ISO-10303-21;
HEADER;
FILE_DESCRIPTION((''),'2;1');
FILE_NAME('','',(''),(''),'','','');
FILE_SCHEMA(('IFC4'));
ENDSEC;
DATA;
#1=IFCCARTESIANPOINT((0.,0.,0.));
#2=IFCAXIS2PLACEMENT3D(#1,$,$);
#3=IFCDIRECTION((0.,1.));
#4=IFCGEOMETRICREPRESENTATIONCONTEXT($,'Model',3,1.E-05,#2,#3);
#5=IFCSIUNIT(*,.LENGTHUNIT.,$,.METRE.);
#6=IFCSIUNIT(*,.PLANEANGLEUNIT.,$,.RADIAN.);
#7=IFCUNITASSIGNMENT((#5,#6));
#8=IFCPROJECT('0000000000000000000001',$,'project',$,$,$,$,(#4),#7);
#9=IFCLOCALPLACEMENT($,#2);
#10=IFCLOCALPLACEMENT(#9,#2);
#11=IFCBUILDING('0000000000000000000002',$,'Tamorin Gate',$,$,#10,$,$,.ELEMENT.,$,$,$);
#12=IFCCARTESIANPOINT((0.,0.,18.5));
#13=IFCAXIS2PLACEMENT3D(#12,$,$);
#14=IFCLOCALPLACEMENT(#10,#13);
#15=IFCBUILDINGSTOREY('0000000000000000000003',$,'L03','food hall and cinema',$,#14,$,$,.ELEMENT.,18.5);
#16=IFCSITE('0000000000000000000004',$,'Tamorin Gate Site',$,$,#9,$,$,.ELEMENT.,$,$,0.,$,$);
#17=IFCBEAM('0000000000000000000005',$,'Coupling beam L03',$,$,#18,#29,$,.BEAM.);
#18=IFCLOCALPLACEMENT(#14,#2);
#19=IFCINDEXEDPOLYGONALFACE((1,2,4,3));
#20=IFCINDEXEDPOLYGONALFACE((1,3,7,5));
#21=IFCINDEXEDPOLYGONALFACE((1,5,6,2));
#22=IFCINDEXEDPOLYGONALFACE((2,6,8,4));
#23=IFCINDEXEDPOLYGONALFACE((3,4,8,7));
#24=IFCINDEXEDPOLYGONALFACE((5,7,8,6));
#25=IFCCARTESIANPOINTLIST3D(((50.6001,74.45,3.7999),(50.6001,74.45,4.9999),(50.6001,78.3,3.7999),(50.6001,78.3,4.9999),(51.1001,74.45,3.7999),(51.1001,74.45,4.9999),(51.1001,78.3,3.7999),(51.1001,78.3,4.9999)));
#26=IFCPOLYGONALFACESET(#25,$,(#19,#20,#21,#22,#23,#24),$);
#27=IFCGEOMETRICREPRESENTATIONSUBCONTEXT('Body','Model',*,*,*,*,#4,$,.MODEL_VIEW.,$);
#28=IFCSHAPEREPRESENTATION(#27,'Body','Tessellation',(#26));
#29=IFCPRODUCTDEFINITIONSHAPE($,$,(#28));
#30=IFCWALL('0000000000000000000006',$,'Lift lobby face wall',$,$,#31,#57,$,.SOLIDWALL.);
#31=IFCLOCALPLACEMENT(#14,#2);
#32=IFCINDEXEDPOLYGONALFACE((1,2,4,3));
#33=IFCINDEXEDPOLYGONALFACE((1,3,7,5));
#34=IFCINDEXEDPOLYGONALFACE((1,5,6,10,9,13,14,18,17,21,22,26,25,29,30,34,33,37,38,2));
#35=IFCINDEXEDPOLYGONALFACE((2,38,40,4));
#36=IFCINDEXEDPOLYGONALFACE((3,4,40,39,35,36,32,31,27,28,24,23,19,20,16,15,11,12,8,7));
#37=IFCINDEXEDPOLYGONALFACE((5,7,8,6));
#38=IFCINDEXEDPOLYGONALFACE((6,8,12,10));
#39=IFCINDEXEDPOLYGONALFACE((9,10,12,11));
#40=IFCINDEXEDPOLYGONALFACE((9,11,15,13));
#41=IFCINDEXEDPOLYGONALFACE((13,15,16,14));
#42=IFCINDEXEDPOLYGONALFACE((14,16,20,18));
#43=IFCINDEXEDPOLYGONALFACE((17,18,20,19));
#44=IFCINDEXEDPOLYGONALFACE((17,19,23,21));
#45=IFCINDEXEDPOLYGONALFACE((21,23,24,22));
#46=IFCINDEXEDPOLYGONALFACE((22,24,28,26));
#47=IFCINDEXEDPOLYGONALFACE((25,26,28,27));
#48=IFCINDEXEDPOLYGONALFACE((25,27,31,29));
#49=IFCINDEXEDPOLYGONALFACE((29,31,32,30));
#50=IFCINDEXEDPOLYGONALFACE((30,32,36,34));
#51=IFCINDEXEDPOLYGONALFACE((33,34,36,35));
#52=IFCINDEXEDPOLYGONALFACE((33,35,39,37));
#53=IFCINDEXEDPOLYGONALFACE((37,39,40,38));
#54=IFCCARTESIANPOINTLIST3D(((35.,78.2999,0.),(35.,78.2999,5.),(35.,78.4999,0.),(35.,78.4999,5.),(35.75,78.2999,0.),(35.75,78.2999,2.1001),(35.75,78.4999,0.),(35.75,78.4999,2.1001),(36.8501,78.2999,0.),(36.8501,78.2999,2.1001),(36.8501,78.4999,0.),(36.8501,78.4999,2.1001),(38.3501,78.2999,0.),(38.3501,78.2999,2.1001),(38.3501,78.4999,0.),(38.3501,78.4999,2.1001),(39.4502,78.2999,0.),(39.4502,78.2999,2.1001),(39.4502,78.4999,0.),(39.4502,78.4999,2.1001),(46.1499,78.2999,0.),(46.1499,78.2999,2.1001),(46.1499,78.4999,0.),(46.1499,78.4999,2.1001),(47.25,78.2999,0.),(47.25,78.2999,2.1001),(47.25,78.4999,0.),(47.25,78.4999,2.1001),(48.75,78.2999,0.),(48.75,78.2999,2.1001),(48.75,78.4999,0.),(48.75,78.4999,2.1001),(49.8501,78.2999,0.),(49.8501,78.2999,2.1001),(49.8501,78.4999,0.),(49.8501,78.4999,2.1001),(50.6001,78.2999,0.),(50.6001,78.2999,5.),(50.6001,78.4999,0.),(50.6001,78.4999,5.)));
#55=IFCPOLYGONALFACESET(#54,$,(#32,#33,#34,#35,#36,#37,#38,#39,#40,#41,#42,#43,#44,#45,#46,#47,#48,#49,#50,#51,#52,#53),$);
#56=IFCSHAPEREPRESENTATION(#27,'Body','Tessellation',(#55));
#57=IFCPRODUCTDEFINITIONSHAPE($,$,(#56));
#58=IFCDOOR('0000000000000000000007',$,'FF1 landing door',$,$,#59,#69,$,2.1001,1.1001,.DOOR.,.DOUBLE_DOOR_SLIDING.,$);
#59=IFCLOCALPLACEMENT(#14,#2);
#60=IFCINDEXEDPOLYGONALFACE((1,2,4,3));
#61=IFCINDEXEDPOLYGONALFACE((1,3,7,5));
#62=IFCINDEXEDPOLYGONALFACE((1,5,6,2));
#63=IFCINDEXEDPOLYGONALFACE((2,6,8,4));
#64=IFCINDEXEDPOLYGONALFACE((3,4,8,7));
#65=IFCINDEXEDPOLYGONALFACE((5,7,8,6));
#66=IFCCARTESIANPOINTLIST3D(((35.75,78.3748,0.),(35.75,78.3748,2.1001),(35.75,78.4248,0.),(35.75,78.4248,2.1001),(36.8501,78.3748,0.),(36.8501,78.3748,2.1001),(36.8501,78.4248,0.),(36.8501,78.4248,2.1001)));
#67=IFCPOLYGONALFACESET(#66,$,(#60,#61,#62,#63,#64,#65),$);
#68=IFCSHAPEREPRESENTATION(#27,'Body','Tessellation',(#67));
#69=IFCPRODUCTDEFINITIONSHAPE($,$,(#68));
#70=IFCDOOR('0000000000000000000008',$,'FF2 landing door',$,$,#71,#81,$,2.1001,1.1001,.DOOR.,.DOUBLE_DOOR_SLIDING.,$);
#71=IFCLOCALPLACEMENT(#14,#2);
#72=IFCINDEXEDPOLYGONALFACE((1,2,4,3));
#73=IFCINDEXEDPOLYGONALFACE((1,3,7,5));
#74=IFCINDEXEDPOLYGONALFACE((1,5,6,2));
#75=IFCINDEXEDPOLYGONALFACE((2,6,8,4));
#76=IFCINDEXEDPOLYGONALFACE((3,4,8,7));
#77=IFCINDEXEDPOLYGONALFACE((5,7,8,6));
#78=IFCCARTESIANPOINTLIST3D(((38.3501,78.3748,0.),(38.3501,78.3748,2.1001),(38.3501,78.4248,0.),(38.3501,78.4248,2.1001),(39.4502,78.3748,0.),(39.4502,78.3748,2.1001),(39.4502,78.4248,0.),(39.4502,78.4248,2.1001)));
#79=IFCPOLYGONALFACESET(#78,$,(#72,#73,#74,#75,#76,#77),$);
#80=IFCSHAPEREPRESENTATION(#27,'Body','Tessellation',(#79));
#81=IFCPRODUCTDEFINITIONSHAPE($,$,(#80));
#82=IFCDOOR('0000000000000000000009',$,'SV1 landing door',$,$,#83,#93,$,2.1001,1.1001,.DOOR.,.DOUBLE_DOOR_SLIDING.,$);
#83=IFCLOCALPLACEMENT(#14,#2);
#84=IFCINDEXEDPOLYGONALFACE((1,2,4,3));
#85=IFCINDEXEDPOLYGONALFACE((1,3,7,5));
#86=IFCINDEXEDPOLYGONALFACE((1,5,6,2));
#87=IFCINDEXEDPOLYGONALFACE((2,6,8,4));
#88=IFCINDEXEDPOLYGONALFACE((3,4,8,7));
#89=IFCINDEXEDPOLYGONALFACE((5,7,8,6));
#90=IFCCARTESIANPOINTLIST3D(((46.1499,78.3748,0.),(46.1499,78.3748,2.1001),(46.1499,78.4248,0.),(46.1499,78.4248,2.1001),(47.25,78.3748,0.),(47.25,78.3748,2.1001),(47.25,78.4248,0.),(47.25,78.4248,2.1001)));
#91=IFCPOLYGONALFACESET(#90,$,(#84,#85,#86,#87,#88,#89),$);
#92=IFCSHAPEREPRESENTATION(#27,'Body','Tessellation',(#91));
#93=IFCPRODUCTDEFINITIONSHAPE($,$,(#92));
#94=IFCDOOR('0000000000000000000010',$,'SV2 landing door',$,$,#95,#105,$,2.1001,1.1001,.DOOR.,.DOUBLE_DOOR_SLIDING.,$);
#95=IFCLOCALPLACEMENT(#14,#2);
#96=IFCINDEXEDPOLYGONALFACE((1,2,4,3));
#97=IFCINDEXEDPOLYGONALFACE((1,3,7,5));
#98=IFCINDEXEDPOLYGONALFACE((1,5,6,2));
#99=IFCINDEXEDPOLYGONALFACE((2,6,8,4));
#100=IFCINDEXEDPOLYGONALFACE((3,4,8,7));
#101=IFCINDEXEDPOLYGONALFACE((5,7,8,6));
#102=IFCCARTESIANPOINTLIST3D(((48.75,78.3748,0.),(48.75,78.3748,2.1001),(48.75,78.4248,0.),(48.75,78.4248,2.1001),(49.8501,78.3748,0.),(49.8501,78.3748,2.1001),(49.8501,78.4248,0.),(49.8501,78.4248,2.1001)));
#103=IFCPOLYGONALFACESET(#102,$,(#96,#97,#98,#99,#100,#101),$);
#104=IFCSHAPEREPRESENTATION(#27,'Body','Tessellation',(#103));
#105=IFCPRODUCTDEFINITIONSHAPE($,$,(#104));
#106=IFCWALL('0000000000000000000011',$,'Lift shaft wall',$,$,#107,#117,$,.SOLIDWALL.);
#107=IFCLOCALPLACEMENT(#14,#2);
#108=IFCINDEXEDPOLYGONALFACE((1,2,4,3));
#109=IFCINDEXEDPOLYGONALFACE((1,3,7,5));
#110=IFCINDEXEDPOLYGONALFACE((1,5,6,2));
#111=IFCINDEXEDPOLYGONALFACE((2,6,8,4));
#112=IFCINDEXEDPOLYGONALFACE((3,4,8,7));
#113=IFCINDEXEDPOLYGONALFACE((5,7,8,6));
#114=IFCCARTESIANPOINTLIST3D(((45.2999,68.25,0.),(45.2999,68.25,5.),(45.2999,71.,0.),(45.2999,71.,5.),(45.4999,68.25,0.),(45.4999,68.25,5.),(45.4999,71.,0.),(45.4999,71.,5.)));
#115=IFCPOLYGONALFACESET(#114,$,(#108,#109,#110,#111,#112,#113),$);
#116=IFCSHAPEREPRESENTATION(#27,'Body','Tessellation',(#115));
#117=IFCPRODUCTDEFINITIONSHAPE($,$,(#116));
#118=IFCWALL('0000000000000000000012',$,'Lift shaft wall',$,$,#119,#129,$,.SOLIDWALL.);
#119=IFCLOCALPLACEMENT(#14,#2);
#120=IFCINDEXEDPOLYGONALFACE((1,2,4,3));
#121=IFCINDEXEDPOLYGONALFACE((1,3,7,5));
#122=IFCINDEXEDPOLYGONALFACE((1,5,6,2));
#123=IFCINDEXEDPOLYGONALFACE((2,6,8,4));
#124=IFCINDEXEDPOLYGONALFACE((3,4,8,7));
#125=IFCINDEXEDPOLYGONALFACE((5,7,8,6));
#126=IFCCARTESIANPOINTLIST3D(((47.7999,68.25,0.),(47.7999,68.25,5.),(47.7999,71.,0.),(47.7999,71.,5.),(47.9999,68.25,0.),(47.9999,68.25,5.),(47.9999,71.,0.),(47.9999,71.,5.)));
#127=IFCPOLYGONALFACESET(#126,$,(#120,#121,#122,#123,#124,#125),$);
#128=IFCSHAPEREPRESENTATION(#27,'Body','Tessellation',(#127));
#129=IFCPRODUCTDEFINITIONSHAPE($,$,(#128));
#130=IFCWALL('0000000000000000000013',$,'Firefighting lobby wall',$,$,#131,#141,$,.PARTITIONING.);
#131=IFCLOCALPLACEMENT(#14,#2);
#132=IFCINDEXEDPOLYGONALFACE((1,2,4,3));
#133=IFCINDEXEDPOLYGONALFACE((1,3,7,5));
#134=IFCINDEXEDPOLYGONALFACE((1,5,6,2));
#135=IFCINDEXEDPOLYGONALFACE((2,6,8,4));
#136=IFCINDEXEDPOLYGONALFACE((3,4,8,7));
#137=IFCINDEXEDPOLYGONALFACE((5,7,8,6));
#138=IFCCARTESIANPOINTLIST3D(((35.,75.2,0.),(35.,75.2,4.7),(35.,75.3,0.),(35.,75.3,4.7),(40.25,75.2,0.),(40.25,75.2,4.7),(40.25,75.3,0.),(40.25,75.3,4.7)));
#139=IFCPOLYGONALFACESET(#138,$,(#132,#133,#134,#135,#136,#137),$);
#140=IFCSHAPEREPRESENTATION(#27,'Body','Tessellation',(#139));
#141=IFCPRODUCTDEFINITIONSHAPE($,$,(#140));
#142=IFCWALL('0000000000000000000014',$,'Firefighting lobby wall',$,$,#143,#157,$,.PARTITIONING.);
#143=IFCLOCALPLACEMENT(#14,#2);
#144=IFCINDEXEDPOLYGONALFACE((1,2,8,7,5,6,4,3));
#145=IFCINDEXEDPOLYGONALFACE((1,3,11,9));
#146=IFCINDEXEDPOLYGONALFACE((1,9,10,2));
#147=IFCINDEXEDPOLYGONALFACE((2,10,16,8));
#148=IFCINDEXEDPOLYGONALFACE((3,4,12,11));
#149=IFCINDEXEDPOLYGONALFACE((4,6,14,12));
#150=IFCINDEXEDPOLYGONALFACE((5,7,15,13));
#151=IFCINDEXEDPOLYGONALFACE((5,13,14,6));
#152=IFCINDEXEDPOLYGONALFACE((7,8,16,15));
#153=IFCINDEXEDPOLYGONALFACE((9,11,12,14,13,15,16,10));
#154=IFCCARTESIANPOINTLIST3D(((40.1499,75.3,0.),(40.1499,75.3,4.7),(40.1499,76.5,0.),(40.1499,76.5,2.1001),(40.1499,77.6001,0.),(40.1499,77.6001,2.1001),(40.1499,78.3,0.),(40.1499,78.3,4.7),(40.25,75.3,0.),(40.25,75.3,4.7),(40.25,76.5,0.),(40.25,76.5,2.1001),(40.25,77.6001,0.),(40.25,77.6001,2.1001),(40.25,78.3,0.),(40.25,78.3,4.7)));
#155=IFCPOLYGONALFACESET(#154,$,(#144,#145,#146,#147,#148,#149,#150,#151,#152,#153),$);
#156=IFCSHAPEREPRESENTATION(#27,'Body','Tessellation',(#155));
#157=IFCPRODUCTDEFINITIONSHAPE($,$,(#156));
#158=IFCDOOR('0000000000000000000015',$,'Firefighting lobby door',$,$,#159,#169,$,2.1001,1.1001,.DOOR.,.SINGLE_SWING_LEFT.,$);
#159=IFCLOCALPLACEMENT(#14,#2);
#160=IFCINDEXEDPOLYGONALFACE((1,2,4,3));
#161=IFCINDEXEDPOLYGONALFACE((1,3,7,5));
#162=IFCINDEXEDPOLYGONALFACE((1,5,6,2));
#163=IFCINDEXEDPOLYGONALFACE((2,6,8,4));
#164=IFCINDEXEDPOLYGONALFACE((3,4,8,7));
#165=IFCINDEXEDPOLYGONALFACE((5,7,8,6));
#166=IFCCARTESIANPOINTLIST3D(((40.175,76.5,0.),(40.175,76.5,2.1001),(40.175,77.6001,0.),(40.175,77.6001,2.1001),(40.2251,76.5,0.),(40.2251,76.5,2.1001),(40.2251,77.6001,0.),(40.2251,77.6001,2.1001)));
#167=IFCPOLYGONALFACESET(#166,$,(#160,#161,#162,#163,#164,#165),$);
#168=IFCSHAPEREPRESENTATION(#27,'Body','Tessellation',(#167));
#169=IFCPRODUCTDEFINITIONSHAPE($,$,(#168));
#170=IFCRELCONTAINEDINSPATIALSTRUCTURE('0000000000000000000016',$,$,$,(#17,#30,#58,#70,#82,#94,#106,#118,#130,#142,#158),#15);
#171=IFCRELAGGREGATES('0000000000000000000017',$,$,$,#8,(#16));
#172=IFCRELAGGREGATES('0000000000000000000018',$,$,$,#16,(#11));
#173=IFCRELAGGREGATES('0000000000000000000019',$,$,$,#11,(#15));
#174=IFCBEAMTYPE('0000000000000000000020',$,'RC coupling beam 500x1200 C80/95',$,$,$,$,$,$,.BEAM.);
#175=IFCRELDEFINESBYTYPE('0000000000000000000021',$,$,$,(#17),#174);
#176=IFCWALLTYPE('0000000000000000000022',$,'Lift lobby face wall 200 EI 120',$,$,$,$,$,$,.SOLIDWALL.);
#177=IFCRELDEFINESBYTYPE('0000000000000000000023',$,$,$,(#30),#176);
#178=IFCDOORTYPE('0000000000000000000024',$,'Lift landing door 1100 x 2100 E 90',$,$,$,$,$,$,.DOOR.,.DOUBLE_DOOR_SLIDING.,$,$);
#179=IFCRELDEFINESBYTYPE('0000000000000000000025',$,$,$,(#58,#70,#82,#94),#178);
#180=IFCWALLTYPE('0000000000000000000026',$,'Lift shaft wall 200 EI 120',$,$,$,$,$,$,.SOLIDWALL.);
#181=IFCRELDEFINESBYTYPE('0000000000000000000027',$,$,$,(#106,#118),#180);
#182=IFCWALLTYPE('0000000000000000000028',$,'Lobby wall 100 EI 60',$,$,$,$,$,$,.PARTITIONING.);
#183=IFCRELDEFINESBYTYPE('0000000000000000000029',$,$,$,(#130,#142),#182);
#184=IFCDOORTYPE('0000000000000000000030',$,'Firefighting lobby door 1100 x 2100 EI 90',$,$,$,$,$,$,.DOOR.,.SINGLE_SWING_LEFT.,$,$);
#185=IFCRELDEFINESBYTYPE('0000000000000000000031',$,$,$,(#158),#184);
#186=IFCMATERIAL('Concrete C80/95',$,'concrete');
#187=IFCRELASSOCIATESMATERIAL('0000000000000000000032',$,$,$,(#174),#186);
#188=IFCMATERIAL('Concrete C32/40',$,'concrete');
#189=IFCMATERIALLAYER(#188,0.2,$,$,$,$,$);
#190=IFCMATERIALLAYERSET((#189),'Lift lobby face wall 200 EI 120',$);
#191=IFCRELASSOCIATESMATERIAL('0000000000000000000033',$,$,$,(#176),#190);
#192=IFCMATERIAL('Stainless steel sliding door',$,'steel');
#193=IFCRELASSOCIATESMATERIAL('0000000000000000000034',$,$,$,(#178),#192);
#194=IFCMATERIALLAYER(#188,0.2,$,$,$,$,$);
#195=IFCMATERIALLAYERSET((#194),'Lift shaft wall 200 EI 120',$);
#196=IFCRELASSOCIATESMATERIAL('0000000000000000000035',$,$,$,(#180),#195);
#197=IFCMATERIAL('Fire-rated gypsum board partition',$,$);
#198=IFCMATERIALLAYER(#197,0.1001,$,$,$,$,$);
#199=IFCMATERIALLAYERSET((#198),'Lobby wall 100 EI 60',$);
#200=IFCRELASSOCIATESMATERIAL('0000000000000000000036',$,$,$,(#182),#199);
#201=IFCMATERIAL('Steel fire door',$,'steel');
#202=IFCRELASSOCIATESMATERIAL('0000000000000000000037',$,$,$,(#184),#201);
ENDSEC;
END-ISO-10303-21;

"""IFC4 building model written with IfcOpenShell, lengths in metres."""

from ifc_helpers import new_model, si_unit, direction, frame, frame_2d, origin, origin_2d, place, context, subcontext, project, spatial, rectangle, extrude, material, layer, layer_set, material_profile, profile_set, type_object, element, fill, save


model = new_model("IFC4")

# Units and contexts
model_context = context("Model", 3, precision=1e-05, world=origin(), true_north=direction((0.0, 1.0)))
body_context = subcontext(model_context, "Body", "Model", "MODEL_VIEW")
ifc_project = project(units=[si_unit("LENGTHUNIT", "METRE"), si_unit("PLANEANGLEUNIT", "RADIAN")], contexts=[model_context])

# Site, building, storey
site_placement = place(None, origin())
site = spatial("IfcSite", under=ifc_project, at=site_placement, Name="Tamorin Gate Site", CompositionType="ELEMENT", RefElevation=0.0)
building_placement = place(site_placement, origin())
building = spatial("IfcBuilding", under=site, at=building_placement, Name="Tamorin Gate", CompositionType="ELEMENT")
storey_placement = place(building_placement, frame((0.0, 0.0, 18.5)))
storey = spatial("IfcBuildingStorey", under=building, at=storey_placement, Name="L03", Description="food hall and cinema", CompositionType="ELEMENT", Elevation=18.5)

# Beam
ifc_material_1 = material(Name="Concrete C80/95", Category="concrete")
ifc_material_profile = material_profile(ifc_material_1, rectangle(XDim=0.5, YDim=1.2, at=origin_2d()), Name="RC 500x1200")
ifc_profile_set = profile_set([ifc_material_profile], Name="Concrete C80/95")
beam_type = type_object("IfcBeamType", Name="RC coupling beam 500x1200 C80/95", PredefinedType="BEAM", material=ifc_profile_set)
beam_placement = place(storey_placement, frame((50.8501, 74.45, 4.3999), z_axis=(0.0, 1.0, 0.0), x_axis=(-1.0, 0.0, 0.0)))
element("IfcBeam", 1, at=beam_placement, inside=storey, type_object=beam_type, Name="Coupling beam L03", PredefinedType="BEAM", context=body_context, shape_type="SweptSolid", body=[
    extrude(rectangle(XDim=0.5, YDim=1.2, at=origin_2d()), origin(), (0.0, 0.0, 1.0), 3.8501),
])

# Wall, openings, doors
ifc_material_2 = material(Name="Concrete C32/40", Category="concrete")
ifc_layer_1 = layer(ifc_material_2, 0.2)
ifc_layer_set_1 = layer_set([ifc_layer_1], Name="Lift lobby face wall 200 EI 120")
wall_type_1 = type_object("IfcWallType", Name="Lift lobby face wall 200 EI 120", PredefinedType="SOLIDWALL", material=ifc_layer_set_1)
wall_1_placement = place(storey_placement, frame((35.0, 78.3999, 0.0), z_axis=(0.0, 0.0, 1.0), x_axis=(1.0, 0.0, 0.0)))
wall_1 = element("IfcWall", 2, at=wall_1_placement, inside=storey, type_object=wall_type_1, Name="Lift lobby face wall", PredefinedType="SOLIDWALL", context=body_context, shape_type="SweptSolid", body=[
    extrude(rectangle(XDim=15.6001, YDim=0.2, at=frame_2d((7.8, 0.0))), origin(), (0.0, 0.0, 1.0), 5.0),
])
opening_1_placement = place(wall_1_placement, frame((0.75, 0.0, 0.0)))
opening_1 = element("IfcOpeningElement", 3, at=opening_1_placement, cuts=wall_1, PredefinedType="OPENING", context=body_context, shape_type="SweptSolid", body=[
    extrude(rectangle(XDim=1.1001, YDim=2.1001, at=frame_2d((0.55, 1.05))), frame((0.0, 0.1099, 0.0), z_axis=(0.0, -1.0, 0.0), x_axis=(1.0, 0.0, 0.0)), (0.0, 0.0, 1.0), 0.22),
])
opening_2_placement = place(wall_1_placement, frame((3.3501, 0.0, 0.0)))
opening_2 = element("IfcOpeningElement", 4, at=opening_2_placement, cuts=wall_1, PredefinedType="OPENING", context=body_context, shape_type="SweptSolid", body=[
    extrude(rectangle(XDim=1.1001, YDim=2.1001, at=frame_2d((0.55, 1.05))), frame((0.0, 0.1099, 0.0), z_axis=(0.0, -1.0, 0.0), x_axis=(1.0, 0.0, 0.0)), (0.0, 0.0, 1.0), 0.22),
])
opening_3_placement = place(wall_1_placement, frame((11.1499, 0.0, 0.0)))
opening_3 = element("IfcOpeningElement", 5, at=opening_3_placement, cuts=wall_1, PredefinedType="OPENING", context=body_context, shape_type="SweptSolid", body=[
    extrude(rectangle(XDim=1.1001, YDim=2.1001, at=frame_2d((0.55, 1.05))), frame((0.0, 0.1099, 0.0), z_axis=(0.0, -1.0, 0.0), x_axis=(1.0, 0.0, 0.0)), (0.0, 0.0, 1.0), 0.22),
])
opening_4_placement = place(wall_1_placement, frame((13.75, 0.0, 0.0)))
opening_4 = element("IfcOpeningElement", 6, at=opening_4_placement, cuts=wall_1, PredefinedType="OPENING", context=body_context, shape_type="SweptSolid", body=[
    extrude(rectangle(XDim=1.1001, YDim=2.1001, at=frame_2d((0.55, 1.05))), frame((0.0, 0.1099, 0.0), z_axis=(0.0, -1.0, 0.0), x_axis=(1.0, 0.0, 0.0)), (0.0, 0.0, 1.0), 0.22),
])
ifc_material_3 = material(Name="Stainless steel sliding door", Category="steel")
door_type_1 = type_object("IfcDoorType", Name="Lift landing door 1100 x 2100 E 90", OperationType="DOUBLE_DOOR_SLIDING", PredefinedType="DOOR", material=ifc_material_3)
door_1_placement = place(opening_1_placement, origin())
door_1 = element("IfcDoor", 7, at=door_1_placement, inside=storey, type_object=door_type_1, Name="FF1 landing door", OperationType="DOUBLE_DOOR_SLIDING", OverallHeight=2.1001, OverallWidth=1.1001, PredefinedType="DOOR", context=body_context, shape_type="SweptSolid", body=[
    extrude(rectangle(XDim=1.1001, YDim=2.1001, at=frame_2d((0.55, 1.05))), frame((0.0, 0.0249, 0.0), z_axis=(0.0, -1.0, 0.0), x_axis=(1.0, 0.0, 0.0)), (0.0, 0.0, 1.0), 0.05),
])
fill(opening_1, door_1)
door_2_placement = place(opening_2_placement, origin())
door_2 = element("IfcDoor", 8, at=door_2_placement, inside=storey, type_object=door_type_1, Name="FF2 landing door", OperationType="DOUBLE_DOOR_SLIDING", OverallHeight=2.1001, OverallWidth=1.1001, PredefinedType="DOOR", context=body_context, shape_type="SweptSolid", body=[
    extrude(rectangle(XDim=1.1001, YDim=2.1001, at=frame_2d((0.55, 1.05))), frame((0.0, 0.0249, 0.0), z_axis=(0.0, -1.0, 0.0), x_axis=(1.0, 0.0, 0.0)), (0.0, 0.0, 1.0), 0.05),
])
fill(opening_2, door_2)
door_3_placement = place(opening_3_placement, origin())
door_3 = element("IfcDoor", 9, at=door_3_placement, inside=storey, type_object=door_type_1, Name="SV1 landing door", OperationType="DOUBLE_DOOR_SLIDING", OverallHeight=2.1001, OverallWidth=1.1001, PredefinedType="DOOR", context=body_context, shape_type="SweptSolid", body=[
    extrude(rectangle(XDim=1.1001, YDim=2.1001, at=frame_2d((0.55, 1.05))), frame((0.0, 0.0249, 0.0), z_axis=(0.0, -1.0, 0.0), x_axis=(1.0, 0.0, 0.0)), (0.0, 0.0, 1.0), 0.05),
])
fill(opening_3, door_3)
door_4_placement = place(opening_4_placement, origin())
door_4 = element("IfcDoor", 10, at=door_4_placement, inside=storey, type_object=door_type_1, Name="SV2 landing door", OperationType="DOUBLE_DOOR_SLIDING", OverallHeight=2.1001, OverallWidth=1.1001, PredefinedType="DOOR", context=body_context, shape_type="SweptSolid", body=[
    extrude(rectangle(XDim=1.1001, YDim=2.1001, at=frame_2d((0.55, 1.05))), frame((0.0, 0.0249, 0.0), z_axis=(0.0, -1.0, 0.0), x_axis=(1.0, 0.0, 0.0)), (0.0, 0.0, 1.0), 0.05),
])
fill(opening_4, door_4)

# Walls
ifc_layer_2 = layer(ifc_material_2, 0.2)
ifc_layer_set_2 = layer_set([ifc_layer_2], Name="Lift shaft wall 200 EI 120")
wall_type_2 = type_object("IfcWallType", Name="Lift shaft wall 200 EI 120", PredefinedType="SOLIDWALL", material=ifc_layer_set_2)
for number, where, z_axis, x_axis, name in (
    (11, (45.3999, 68.25, 0.0), (0.0, 0.0, 1.0), (0.0, 1.0, 0.0), "Lift shaft wall"),
    (12, (47.8999, 68.25, 0.0), (0.0, 0.0, 1.0), (0.0, 1.0, 0.0), "Lift shaft wall"),
):
    element("IfcWall", number, at=place(storey_placement, frame(where, z_axis=z_axis, x_axis=x_axis)), inside=storey, type_object=wall_type_2, Name=name, PredefinedType="SOLIDWALL", context=body_context, shape_type="SweptSolid", body=[
        extrude(rectangle(XDim=2.75, YDim=0.2, at=frame_2d((1.375, 0.0))), origin(), (0.0, 0.0, 1.0), 5.0),
    ])
ifc_material_4 = material(Name="Fire-rated gypsum board partition")
ifc_layer_3 = layer(ifc_material_4, 0.1001)
ifc_layer_set_3 = layer_set([ifc_layer_3], Name="Lobby wall 100 EI 60")
wall_type_3 = type_object("IfcWallType", Name="Lobby wall 100 EI 60", PredefinedType="PARTITIONING", material=ifc_layer_set_3)
wall_2_placement = place(storey_placement, frame((35.0, 75.25, 0.0), z_axis=(0.0, 0.0, 1.0), x_axis=(1.0, 0.0, 0.0)))
element("IfcWall", 13, at=wall_2_placement, inside=storey, type_object=wall_type_3, Name="Firefighting lobby wall", PredefinedType="PARTITIONING", context=body_context, shape_type="SweptSolid", body=[
    extrude(rectangle(XDim=5.25, YDim=0.1001, at=frame_2d((2.625, 0.0))), origin(), (0.0, 0.0, 1.0), 4.7),
])

# Wall, opening, door
wall_3_placement = place(storey_placement, frame((40.2, 75.3, 0.0), z_axis=(0.0, 0.0, 1.0), x_axis=(0.0, 1.0, 0.0)))
wall_3 = element("IfcWall", 14, at=wall_3_placement, inside=storey, type_object=wall_type_3, Name="Firefighting lobby wall", PredefinedType="PARTITIONING", context=body_context, shape_type="SweptSolid", body=[
    extrude(rectangle(XDim=3.0, YDim=0.1001, at=frame_2d((1.5, 0.0))), origin(), (0.0, 0.0, 1.0), 4.7),
])
opening_5_placement = place(wall_3_placement, frame((1.2, 0.0, 0.0)))
opening_5 = element("IfcOpeningElement", 15, at=opening_5_placement, cuts=wall_3, PredefinedType="OPENING", context=body_context, shape_type="SweptSolid", body=[
    extrude(rectangle(XDim=1.1001, YDim=2.1001, at=frame_2d((0.55, 1.05))), frame((0.0, 0.0601, 0.0), z_axis=(0.0, -1.0, 0.0), x_axis=(1.0, 0.0, 0.0)), (0.0, 0.0, 1.0), 0.1201),
])
ifc_material_5 = material(Name="Steel fire door", Category="steel")
door_type_2 = type_object("IfcDoorType", Name="Firefighting lobby door 1100 x 2100 EI 90", OperationType="SINGLE_SWING_LEFT", PredefinedType="DOOR", material=ifc_material_5)
door_5_placement = place(opening_5_placement, origin())
door_5 = element("IfcDoor", 16, at=door_5_placement, inside=storey, type_object=door_type_2, Name="Firefighting lobby door", OperationType="SINGLE_SWING_LEFT", OverallHeight=2.1001, OverallWidth=1.1001, PredefinedType="DOOR", context=body_context, shape_type="SweptSolid", body=[
    extrude(rectangle(XDim=1.1001, YDim=2.1001, at=frame_2d((0.55, 1.05))), frame((0.0, 0.0249, 0.0), z_axis=(0.0, -1.0, 0.0), x_axis=(1.0, 0.0, 0.0)), (0.0, 0.0, 1.0), 0.05),
])
fill(opening_5, door_5)

save(model, "model.ifc")
